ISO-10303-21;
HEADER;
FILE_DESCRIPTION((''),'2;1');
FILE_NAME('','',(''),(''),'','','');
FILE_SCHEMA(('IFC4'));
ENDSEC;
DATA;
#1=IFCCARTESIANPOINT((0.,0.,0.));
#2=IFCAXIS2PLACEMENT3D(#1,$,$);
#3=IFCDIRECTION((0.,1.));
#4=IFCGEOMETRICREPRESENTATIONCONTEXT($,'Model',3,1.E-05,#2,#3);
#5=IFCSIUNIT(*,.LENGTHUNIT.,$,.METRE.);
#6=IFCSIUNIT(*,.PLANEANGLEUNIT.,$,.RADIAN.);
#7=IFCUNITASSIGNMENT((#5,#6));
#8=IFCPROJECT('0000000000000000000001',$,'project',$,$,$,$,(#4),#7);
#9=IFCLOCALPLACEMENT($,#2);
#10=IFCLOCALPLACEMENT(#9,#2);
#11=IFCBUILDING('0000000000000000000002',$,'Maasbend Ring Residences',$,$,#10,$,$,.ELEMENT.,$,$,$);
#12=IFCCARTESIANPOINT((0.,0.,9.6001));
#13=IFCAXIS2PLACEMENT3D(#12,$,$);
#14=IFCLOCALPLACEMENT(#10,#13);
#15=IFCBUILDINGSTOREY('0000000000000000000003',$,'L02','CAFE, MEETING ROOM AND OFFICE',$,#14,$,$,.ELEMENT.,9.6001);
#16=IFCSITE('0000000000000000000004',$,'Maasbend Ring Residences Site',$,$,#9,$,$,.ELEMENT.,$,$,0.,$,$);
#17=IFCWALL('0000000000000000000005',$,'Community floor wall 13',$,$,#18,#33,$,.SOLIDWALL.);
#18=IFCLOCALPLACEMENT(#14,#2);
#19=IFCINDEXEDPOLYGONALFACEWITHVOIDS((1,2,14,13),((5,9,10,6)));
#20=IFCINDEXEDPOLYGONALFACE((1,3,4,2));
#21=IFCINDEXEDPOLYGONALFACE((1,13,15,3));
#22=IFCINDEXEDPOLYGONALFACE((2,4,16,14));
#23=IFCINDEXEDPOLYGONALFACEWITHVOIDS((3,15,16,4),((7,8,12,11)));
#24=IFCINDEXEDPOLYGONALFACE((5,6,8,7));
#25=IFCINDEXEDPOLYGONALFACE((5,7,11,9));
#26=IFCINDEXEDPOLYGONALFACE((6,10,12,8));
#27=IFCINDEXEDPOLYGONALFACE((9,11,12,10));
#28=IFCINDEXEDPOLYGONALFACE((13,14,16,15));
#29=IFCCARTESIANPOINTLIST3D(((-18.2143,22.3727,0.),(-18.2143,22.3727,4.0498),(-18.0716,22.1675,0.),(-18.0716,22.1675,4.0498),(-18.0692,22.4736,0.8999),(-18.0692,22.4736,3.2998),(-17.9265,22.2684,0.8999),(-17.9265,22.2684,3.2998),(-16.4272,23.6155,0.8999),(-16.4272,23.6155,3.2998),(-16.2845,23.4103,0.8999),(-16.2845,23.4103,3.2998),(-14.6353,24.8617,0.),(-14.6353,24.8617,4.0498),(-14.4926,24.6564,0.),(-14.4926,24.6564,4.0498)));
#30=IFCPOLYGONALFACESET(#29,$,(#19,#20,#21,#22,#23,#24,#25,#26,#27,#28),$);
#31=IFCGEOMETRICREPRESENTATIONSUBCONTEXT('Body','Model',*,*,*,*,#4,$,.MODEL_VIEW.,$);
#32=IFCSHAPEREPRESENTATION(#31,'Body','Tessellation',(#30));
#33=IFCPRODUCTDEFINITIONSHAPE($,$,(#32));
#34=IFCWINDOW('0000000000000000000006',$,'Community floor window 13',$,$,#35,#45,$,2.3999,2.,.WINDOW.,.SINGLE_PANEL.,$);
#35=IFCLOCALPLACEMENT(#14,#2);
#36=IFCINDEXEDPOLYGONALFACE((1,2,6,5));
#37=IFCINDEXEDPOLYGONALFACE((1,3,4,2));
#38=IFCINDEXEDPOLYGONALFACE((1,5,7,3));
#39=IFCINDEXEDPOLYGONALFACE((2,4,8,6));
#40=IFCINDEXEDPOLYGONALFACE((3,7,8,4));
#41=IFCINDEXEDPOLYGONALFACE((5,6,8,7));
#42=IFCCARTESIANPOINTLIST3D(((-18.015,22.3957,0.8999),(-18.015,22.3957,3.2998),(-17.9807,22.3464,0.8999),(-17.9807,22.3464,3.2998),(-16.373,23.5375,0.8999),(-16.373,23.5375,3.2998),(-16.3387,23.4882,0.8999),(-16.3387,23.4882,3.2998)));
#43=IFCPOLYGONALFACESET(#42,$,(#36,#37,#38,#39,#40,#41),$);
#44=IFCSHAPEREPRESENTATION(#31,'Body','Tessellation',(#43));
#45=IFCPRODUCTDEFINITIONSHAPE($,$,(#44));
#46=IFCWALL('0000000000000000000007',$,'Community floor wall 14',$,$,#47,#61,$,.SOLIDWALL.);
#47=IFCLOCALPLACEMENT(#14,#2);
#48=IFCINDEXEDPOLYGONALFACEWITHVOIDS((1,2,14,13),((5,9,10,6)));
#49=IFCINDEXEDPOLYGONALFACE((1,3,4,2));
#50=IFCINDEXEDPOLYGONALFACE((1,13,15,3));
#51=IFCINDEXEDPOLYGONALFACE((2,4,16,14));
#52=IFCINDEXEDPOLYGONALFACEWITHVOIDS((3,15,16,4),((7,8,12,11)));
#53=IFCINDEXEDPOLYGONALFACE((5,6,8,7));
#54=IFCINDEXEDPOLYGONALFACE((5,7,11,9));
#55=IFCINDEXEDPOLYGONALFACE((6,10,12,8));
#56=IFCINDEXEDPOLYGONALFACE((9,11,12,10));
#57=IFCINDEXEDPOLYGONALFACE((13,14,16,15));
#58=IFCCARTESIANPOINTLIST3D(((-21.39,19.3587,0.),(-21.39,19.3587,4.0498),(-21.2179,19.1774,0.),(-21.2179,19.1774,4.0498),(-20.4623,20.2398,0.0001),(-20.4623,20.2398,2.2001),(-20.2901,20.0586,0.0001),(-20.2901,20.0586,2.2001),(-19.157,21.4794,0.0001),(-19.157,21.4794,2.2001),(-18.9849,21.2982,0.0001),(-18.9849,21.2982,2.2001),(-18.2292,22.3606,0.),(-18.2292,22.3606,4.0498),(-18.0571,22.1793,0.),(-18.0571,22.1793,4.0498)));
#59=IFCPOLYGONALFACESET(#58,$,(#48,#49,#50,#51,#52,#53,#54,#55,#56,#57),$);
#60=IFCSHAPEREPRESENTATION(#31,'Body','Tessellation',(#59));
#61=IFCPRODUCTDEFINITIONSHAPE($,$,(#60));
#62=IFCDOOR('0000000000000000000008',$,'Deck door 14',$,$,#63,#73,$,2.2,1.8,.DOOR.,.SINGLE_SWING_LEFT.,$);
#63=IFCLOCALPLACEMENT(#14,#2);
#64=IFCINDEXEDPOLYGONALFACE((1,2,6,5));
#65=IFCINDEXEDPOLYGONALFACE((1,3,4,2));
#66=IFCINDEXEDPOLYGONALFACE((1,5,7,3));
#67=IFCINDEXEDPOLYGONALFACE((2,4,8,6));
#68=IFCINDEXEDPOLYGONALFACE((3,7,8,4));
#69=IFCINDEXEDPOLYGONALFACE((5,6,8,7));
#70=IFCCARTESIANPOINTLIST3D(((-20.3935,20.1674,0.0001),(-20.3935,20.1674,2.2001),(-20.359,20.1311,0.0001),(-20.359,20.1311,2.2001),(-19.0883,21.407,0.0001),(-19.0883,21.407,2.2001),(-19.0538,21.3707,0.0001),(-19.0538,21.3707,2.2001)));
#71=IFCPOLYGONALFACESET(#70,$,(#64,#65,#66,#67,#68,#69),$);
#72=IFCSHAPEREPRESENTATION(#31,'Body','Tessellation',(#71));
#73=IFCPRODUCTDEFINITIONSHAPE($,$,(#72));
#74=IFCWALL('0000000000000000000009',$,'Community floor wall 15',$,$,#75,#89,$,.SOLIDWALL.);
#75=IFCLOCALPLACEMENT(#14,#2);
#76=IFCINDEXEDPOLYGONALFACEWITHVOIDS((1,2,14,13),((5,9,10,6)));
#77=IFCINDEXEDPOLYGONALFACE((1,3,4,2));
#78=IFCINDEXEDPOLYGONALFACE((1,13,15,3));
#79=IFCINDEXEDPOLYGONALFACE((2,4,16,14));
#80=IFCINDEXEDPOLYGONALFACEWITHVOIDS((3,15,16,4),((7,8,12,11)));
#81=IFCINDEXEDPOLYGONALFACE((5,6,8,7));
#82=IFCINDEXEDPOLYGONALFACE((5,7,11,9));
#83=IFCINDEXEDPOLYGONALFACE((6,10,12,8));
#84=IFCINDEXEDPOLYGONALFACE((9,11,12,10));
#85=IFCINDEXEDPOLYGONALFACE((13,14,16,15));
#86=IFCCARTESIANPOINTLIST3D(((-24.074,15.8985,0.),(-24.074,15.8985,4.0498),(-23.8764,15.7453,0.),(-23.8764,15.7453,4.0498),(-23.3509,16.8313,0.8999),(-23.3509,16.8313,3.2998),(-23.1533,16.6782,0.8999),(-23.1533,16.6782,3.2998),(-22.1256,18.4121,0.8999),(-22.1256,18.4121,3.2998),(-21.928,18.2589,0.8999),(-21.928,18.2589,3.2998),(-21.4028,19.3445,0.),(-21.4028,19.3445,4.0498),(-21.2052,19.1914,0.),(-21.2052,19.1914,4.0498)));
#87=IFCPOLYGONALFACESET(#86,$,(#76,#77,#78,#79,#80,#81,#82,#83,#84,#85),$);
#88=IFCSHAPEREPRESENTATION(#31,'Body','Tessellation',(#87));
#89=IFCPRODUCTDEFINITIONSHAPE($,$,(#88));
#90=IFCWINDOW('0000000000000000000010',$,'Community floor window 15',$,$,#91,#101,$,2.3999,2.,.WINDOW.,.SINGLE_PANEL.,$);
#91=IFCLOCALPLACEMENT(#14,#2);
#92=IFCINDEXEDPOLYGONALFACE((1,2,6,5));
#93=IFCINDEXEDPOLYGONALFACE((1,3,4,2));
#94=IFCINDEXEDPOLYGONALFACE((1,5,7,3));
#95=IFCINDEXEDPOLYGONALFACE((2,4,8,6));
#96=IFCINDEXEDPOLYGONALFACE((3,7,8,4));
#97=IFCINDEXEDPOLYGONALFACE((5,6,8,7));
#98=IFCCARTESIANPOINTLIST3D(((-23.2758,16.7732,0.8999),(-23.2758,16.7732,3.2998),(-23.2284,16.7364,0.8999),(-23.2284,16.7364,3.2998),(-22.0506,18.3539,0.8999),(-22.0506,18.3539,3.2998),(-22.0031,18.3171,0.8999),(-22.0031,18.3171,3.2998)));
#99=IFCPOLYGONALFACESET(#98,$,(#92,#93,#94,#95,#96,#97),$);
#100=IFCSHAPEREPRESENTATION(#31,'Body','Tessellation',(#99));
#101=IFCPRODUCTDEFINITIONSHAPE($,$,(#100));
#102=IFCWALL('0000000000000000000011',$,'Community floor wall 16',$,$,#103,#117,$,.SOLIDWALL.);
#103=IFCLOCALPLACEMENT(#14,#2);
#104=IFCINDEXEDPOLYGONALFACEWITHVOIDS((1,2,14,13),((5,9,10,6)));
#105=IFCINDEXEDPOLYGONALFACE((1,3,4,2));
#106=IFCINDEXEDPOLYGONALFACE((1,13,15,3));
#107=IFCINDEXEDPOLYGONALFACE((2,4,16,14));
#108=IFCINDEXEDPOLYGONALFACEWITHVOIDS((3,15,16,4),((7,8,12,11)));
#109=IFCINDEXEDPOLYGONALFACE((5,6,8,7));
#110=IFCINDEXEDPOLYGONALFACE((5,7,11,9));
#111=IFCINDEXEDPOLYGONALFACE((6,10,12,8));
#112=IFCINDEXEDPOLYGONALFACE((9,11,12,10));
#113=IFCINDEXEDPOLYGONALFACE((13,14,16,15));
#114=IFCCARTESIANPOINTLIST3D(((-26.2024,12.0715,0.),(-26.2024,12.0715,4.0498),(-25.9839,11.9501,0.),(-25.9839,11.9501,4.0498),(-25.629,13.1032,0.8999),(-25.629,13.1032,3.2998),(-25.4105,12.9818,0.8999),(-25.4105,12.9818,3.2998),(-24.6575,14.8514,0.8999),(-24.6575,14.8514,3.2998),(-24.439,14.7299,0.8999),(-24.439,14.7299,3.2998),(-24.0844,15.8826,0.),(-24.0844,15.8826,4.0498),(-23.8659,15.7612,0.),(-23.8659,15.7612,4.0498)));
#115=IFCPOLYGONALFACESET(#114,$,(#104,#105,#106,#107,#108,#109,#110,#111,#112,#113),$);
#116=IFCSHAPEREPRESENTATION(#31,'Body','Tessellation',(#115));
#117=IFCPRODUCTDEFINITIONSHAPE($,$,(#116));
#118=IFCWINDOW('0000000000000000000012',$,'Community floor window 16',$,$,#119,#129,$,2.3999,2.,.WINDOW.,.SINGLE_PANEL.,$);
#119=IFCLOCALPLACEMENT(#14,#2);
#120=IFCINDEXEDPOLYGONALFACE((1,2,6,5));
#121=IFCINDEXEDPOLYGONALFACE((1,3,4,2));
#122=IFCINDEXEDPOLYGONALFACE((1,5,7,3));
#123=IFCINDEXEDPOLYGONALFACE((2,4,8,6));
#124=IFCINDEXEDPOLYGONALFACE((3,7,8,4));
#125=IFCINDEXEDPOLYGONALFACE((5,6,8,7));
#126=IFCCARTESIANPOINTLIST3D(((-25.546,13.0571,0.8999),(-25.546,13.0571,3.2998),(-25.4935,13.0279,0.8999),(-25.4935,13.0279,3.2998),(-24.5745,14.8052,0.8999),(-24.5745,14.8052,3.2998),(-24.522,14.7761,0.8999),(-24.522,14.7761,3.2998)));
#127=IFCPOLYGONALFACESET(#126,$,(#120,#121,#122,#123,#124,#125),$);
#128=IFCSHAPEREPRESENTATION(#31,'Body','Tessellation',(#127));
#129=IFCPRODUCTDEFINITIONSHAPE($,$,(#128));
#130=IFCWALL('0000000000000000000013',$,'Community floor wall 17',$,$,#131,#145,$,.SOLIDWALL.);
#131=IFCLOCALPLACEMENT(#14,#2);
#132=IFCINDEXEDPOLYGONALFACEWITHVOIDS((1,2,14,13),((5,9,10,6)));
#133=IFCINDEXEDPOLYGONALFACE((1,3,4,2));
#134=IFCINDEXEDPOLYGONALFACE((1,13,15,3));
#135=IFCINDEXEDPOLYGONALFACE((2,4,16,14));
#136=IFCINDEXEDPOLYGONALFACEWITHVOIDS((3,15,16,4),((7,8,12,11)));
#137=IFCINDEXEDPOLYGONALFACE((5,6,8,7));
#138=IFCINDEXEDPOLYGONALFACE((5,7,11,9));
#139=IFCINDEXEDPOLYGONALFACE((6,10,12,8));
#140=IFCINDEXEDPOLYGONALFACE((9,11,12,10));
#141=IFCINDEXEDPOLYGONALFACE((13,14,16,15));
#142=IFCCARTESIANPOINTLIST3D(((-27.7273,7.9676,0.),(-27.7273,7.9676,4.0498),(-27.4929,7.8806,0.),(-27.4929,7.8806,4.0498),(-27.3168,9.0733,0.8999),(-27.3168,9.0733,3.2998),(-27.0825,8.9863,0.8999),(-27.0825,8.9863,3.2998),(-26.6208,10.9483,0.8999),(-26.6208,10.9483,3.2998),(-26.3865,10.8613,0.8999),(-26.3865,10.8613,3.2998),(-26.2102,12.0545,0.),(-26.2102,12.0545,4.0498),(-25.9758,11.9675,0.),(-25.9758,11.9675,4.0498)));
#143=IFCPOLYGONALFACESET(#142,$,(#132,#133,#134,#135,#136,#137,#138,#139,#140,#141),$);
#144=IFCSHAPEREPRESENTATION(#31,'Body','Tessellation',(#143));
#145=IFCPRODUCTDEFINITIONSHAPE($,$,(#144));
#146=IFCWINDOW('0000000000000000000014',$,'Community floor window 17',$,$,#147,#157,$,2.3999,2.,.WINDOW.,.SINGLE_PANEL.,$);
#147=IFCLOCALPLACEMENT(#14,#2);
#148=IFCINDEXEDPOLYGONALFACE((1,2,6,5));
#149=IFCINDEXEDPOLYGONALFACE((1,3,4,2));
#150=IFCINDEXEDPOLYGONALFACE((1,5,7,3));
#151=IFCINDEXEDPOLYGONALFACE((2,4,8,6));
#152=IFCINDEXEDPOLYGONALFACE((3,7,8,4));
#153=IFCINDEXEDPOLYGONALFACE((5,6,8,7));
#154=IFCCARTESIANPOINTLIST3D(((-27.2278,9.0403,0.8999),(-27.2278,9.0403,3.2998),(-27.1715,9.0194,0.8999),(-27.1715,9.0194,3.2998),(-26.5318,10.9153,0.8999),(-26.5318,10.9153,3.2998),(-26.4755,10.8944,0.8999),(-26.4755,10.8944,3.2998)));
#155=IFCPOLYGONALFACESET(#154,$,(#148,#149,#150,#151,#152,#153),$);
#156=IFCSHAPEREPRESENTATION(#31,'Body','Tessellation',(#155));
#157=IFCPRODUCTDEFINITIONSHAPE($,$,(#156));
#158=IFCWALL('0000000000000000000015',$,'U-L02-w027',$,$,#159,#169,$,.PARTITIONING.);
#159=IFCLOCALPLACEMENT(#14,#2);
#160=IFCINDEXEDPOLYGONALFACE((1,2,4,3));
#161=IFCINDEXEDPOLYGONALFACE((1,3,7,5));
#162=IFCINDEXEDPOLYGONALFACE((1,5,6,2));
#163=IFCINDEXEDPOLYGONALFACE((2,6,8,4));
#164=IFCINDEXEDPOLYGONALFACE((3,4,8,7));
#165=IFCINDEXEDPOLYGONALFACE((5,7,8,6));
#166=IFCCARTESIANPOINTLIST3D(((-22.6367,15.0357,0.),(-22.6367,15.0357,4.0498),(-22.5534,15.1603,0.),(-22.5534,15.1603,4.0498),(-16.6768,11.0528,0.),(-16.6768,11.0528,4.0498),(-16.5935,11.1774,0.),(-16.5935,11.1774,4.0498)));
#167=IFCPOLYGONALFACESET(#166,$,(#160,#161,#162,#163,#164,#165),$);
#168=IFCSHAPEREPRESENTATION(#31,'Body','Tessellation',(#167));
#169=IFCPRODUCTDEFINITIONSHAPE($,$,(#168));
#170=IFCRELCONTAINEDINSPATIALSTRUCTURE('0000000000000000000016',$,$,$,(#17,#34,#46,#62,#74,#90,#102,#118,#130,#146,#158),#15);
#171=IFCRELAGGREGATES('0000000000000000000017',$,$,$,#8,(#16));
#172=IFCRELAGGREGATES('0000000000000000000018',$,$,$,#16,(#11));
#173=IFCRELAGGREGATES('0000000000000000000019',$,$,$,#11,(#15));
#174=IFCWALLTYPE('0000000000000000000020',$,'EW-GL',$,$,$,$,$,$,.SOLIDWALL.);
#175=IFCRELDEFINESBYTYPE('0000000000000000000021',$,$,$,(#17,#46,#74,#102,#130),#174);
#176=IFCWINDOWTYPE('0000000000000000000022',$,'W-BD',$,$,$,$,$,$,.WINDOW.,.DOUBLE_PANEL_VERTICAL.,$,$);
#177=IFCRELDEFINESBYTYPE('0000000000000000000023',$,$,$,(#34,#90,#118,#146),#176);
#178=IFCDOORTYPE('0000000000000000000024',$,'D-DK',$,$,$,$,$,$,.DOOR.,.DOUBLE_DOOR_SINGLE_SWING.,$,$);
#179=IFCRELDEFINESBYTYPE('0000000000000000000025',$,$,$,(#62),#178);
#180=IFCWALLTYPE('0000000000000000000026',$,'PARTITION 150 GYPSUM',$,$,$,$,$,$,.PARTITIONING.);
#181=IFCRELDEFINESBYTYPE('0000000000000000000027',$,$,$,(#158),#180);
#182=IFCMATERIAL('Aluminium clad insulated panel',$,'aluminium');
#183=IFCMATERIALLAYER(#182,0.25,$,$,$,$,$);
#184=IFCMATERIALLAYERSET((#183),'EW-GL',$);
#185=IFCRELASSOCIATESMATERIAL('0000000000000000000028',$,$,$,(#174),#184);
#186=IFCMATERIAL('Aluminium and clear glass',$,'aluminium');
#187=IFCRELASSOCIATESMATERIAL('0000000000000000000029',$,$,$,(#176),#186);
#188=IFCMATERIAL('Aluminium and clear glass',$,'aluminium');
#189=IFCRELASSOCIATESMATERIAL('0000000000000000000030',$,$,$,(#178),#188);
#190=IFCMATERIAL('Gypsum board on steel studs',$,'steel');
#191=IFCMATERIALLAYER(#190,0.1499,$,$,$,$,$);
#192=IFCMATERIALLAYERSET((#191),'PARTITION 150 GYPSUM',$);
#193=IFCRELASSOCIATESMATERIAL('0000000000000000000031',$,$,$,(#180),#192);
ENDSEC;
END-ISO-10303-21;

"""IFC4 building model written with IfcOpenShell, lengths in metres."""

from ifc_helpers import new_model, si_unit, direction, frame, frame_2d, origin, place, context, subcontext, project, spatial, rectangle, extrude, material, layer, layer_set, type_object, element, fill, save


model = new_model("IFC4")

# Units and contexts
model_context = context("Model", 3, precision=1e-05, world=origin(), true_north=direction((0.0, 1.0)))
body_context = subcontext(model_context, "Body", "Model", "MODEL_VIEW")
ifc_project = project(units=[si_unit("LENGTHUNIT", "METRE"), si_unit("PLANEANGLEUNIT", "RADIAN")], contexts=[model_context])

# Site, building, storey
site_placement = place(None, origin())
site = spatial("IfcSite", under=ifc_project, at=site_placement, Name="Maasbend Ring Residences Site", CompositionType="ELEMENT", RefElevation=0.0)
building_placement = place(site_placement, origin())
building = spatial("IfcBuilding", under=site, at=building_placement, Name="Maasbend Ring Residences", CompositionType="ELEMENT")
storey_placement = place(building_placement, frame((0.0, 0.0, 9.6001)))
storey = spatial("IfcBuildingStorey", under=building, at=storey_placement, Name="L02", Description="CAFE, MEETING ROOM AND OFFICE", CompositionType="ELEMENT", Elevation=9.6001)

# Wall, opening, window
ifc_material_1 = material(Name="Aluminium clad insulated panel", Category="aluminium")
ifc_layer_1 = layer(ifc_material_1, 0.25)
ifc_layer_set_1 = layer_set([ifc_layer_1], Name="EW-GL")
wall_type_1 = type_object("IfcWallType", Name="EW-GL", PredefinedType="SOLIDWALL", material=ifc_layer_set_1)
wall_1_placement = place(storey_placement, frame((-14.564, 24.759, 0.0), z_axis=(0.0, 0.0, 1.0), x_axis=(-0.820991, -0.570941, 0.0)))
wall_1 = element("IfcWall", 1, at=wall_1_placement, inside=storey, type_object=wall_type_1, Name="Community floor wall 13", PredefinedType="SOLIDWALL", context=body_context, shape_type="SweptSolid", body=[
    extrude(rectangle(XDim=4.3594, YDim=0.25, at=frame_2d((2.1797, 0.0))), origin(), (0.0, 0.0, 1.0), 4.0498),
])
opening_1_placement = place(wall_1_placement, frame((2.1826, 0.0, 0.8999)))
opening_1 = element("IfcOpeningElement", 2, at=opening_1_placement, cuts=wall_1, PredefinedType="OPENING", context=body_context, shape_type="SweptSolid", body=[
    extrude(rectangle(XDim=2.0, YDim=2.3999, at=frame_2d((1.0, 1.2))), frame((0.0, 0.135, 0.0), z_axis=(0.0, -1.0, 0.0), x_axis=(1.0, 0.0, 0.0)), (0.0, 0.0, 1.0), 0.27),
])
ifc_material_2 = material(Name="Aluminium and clear glass", Category="aluminium")
window_type = type_object("IfcWindowType", Name="W-BD", PartitioningType="DOUBLE_PANEL_VERTICAL", PredefinedType="WINDOW", material=ifc_material_2)
window_1_placement = place(opening_1_placement, origin())
window_1 = element("IfcWindow", 3, at=window_1_placement, inside=storey, type_object=window_type, Name="Community floor window 13", OverallHeight=2.3999, OverallWidth=2.0, PartitioningType="SINGLE_PANEL", PredefinedType="WINDOW", context=body_context, shape_type="SweptSolid", body=[
    extrude(rectangle(XDim=2.0, YDim=2.3999, at=frame_2d((1.0, 1.2))), frame((0.0, 0.03, 0.0), z_axis=(0.0, -1.0, 0.0), x_axis=(1.0, 0.0, 0.0)), (0.0, 0.0, 1.0), 0.0601),
])
fill(opening_1, window_1)

# Wall, opening, door
wall_2_placement = place(storey_placement, frame((-18.1431, 22.27, 0.0), z_axis=(0.0, 0.0, 1.0), x_axis=(-0.725102, -0.688642, 0.0)))
wall_2 = element("IfcWall", 4, at=wall_2_placement, inside=storey, type_object=wall_type_1, Name="Community floor wall 14", PredefinedType="SOLIDWALL", context=body_context, shape_type="SweptSolid", body=[
    extrude(rectangle(XDim=4.3591, YDim=0.25, at=frame_2d((2.1797, 0.0))), origin(), (0.0, 0.0, 1.0), 4.0498),
])
opening_2_placement = place(wall_2_placement, frame((1.2798, 0.0, 0.0)))
opening_2 = element("IfcOpeningElement", 5, at=opening_2_placement, cuts=wall_2, PredefinedType="OPENING", context=body_context, shape_type="SweptSolid", body=[
    extrude(rectangle(XDim=1.8, YDim=2.2, at=frame_2d((0.8999, 1.1001))), frame((0.0, 0.135, 0.0), z_axis=(0.0, -1.0, 0.0), x_axis=(1.0, 0.0, 0.0)), (0.0, 0.0, 1.0), 0.27),
])
ifc_material_3 = material(Name="Aluminium and clear glass", Category="aluminium")
door_type_1 = type_object("IfcDoorType", Name="D-DK", OperationType="DOUBLE_DOOR_SINGLE_SWING", PredefinedType="DOOR", material=ifc_material_3)
door_1_placement = place(opening_2_placement, origin())
door_1 = element("IfcDoor", 6, at=door_1_placement, inside=storey, type_object=door_type_1, Name="Deck door 14", OperationType="SINGLE_SWING_LEFT", OverallHeight=2.2, OverallWidth=1.8, PredefinedType="DOOR", context=body_context, shape_type="SweptSolid", body=[
    extrude(rectangle(XDim=1.8, YDim=2.2, at=frame_2d((0.8999, 1.1001))), frame((0.0, 0.0249, 0.0), z_axis=(0.0, -1.0, 0.0), x_axis=(1.0, 0.0, 0.0)), (0.0, 0.0, 1.0), 0.05),
])
fill(opening_2, door_1)

# Walls, openings, windows
wall_3_placement = place(storey_placement, frame((-21.304, 19.2681, 0.0), z_axis=(0.0, 0.0, 1.0), x_axis=(-0.612637, -0.790364, 0.0)))
wall_3 = element("IfcWall", 7, at=wall_3_placement, inside=storey, type_object=wall_type_1, Name="Community floor wall 15", PredefinedType="SOLIDWALL", context=body_context, shape_type="SweptSolid", body=[
    extrude(rectangle(XDim=4.3601, YDim=0.25, at=frame_2d((2.1802, 0.0))), origin(), (0.0, 0.0, 1.0), 4.0498),
])
opening_3_placement = place(wall_3_placement, frame((1.1799, 0.0, 0.8999)))
opening_3 = element("IfcOpeningElement", 8, at=opening_3_placement, cuts=wall_3, PredefinedType="OPENING", context=body_context, shape_type="SweptSolid", body=[
    extrude(rectangle(XDim=2.0, YDim=2.3999, at=frame_2d((1.0, 1.2))), frame((0.0, 0.135, 0.0), z_axis=(0.0, -1.0, 0.0), x_axis=(1.0, 0.0, 0.0)), (0.0, 0.0, 1.0), 0.27),
])
window_2_placement = place(opening_3_placement, origin())
window_2 = element("IfcWindow", 9, at=window_2_placement, inside=storey, type_object=window_type, Name="Community floor window 15", OverallHeight=2.3999, OverallWidth=2.0, PartitioningType="SINGLE_PANEL", PredefinedType="WINDOW", context=body_context, shape_type="SweptSolid", body=[
    extrude(rectangle(XDim=2.0, YDim=2.3999, at=frame_2d((1.0, 1.2))), frame((0.0, 0.03, 0.0), z_axis=(0.0, -1.0, 0.0), x_axis=(1.0, 0.0, 0.0)), (0.0, 0.0, 1.0), 0.0601),
])
fill(opening_3, window_2)
wall_4_placement = place(storey_placement, frame((-23.9751, 15.822, 0.0), z_axis=(0.0, 0.0, 1.0), x_axis=(-0.485762, -0.874091, 0.0)))
wall_4 = element("IfcWall", 10, at=wall_4_placement, inside=storey, type_object=wall_type_1, Name="Community floor wall 16", PredefinedType="SOLIDWALL", context=body_context, shape_type="SweptSolid", body=[
    extrude(rectangle(XDim=4.3601, YDim=0.25, at=frame_2d((2.1802, 0.0))), origin(), (0.0, 0.0, 1.0), 4.0498),
])
opening_4_placement = place(wall_4_placement, frame((1.1799, 0.0, 0.8999)))
opening_4 = element("IfcOpeningElement", 11, at=opening_4_placement, cuts=wall_4, PredefinedType="OPENING", context=body_context, shape_type="SweptSolid", body=[
    extrude(rectangle(XDim=2.0, YDim=2.3999, at=frame_2d((1.0, 1.2))), frame((0.0, 0.135, 0.0), z_axis=(0.0, -1.0, 0.0), x_axis=(1.0, 0.0, 0.0)), (0.0, 0.0, 1.0), 0.27),
])
window_3_placement = place(opening_4_placement, origin())
window_3 = element("IfcWindow", 12, at=window_3_placement, inside=storey, type_object=window_type, Name="Community floor window 16", OverallHeight=2.3999, OverallWidth=2.0, PartitioningType="SINGLE_PANEL", PredefinedType="WINDOW", context=body_context, shape_type="SweptSolid", body=[
    extrude(rectangle(XDim=2.0, YDim=2.3999, at=frame_2d((1.0, 1.2))), frame((0.0, 0.03, 0.0), z_axis=(0.0, -1.0, 0.0), x_axis=(1.0, 0.0, 0.0)), (0.0, 0.0, 1.0), 0.0601),
])
fill(opening_4, window_3)
wall_5_placement = place(storey_placement, frame((-26.093, 12.011, 0.0), z_axis=(0.0, 0.0, 1.0), x_axis=(-0.348004, -0.937493, 0.0)))
wall_5 = element("IfcWall", 13, at=wall_5_placement, inside=storey, type_object=wall_type_1, Name="Community floor wall 17", PredefinedType="SOLIDWALL", context=body_context, shape_type="SweptSolid", body=[
    extrude(rectangle(XDim=4.3594, YDim=0.25, at=frame_2d((2.1797, 0.0))), origin(), (0.0, 0.0, 1.0), 4.0498),
])
opening_5_placement = place(wall_5_placement, frame((1.1799, 0.0, 0.8999)))
opening_5 = element("IfcOpeningElement", 14, at=opening_5_placement, cuts=wall_5, PredefinedType="OPENING", context=body_context, shape_type="SweptSolid", body=[
    extrude(rectangle(XDim=2.0, YDim=2.3999, at=frame_2d((1.0, 1.2))), frame((0.0, 0.135, 0.0), z_axis=(0.0, -1.0, 0.0), x_axis=(1.0, 0.0, 0.0)), (0.0, 0.0, 1.0), 0.27),
])
window_4_placement = place(opening_5_placement, origin())
window_4 = element("IfcWindow", 15, at=window_4_placement, inside=storey, type_object=window_type, Name="Community floor window 17", OverallHeight=2.3999, OverallWidth=2.0, PartitioningType="SINGLE_PANEL", PredefinedType="WINDOW", context=body_context, shape_type="SweptSolid", body=[
    extrude(rectangle(XDim=2.0, YDim=2.3999, at=frame_2d((1.0, 1.2))), frame((0.0, 0.03, 0.0), z_axis=(0.0, -1.0, 0.0), x_axis=(1.0, 0.0, 0.0)), (0.0, 0.0, 1.0), 0.0601),
])
fill(opening_5, window_4)

# Wall
ifc_material_4 = material(Name="Gypsum board on steel studs", Category="steel")
ifc_layer_2 = layer(ifc_material_4, 0.1499)
ifc_layer_set_2 = layer_set([ifc_layer_2], Name="PARTITION 150 GYPSUM")
wall_type_2 = type_object("IfcWallType", Name="PARTITION 150 GYPSUM", PredefinedType="PARTITIONING", material=ifc_layer_set_2)
wall_6_placement = place(storey_placement, frame((-22.595, 15.0979, 0.0), z_axis=(0.0, 0.0, 1.0), x_axis=(0.831431, -0.555627, 0.0)))
element("IfcWall", 16, at=wall_6_placement, inside=storey, type_object=wall_type_2, Name="U-L02-w027", PredefinedType="PARTITIONING", context=body_context, shape_type="SweptSolid", body=[
    extrude(rectangle(XDim=7.1682, YDim=0.1499, at=frame_2d((3.584, 0.0))), origin(), (0.0, 0.0, 1.0), 4.0498),
])

save(model, "model.ifc")
